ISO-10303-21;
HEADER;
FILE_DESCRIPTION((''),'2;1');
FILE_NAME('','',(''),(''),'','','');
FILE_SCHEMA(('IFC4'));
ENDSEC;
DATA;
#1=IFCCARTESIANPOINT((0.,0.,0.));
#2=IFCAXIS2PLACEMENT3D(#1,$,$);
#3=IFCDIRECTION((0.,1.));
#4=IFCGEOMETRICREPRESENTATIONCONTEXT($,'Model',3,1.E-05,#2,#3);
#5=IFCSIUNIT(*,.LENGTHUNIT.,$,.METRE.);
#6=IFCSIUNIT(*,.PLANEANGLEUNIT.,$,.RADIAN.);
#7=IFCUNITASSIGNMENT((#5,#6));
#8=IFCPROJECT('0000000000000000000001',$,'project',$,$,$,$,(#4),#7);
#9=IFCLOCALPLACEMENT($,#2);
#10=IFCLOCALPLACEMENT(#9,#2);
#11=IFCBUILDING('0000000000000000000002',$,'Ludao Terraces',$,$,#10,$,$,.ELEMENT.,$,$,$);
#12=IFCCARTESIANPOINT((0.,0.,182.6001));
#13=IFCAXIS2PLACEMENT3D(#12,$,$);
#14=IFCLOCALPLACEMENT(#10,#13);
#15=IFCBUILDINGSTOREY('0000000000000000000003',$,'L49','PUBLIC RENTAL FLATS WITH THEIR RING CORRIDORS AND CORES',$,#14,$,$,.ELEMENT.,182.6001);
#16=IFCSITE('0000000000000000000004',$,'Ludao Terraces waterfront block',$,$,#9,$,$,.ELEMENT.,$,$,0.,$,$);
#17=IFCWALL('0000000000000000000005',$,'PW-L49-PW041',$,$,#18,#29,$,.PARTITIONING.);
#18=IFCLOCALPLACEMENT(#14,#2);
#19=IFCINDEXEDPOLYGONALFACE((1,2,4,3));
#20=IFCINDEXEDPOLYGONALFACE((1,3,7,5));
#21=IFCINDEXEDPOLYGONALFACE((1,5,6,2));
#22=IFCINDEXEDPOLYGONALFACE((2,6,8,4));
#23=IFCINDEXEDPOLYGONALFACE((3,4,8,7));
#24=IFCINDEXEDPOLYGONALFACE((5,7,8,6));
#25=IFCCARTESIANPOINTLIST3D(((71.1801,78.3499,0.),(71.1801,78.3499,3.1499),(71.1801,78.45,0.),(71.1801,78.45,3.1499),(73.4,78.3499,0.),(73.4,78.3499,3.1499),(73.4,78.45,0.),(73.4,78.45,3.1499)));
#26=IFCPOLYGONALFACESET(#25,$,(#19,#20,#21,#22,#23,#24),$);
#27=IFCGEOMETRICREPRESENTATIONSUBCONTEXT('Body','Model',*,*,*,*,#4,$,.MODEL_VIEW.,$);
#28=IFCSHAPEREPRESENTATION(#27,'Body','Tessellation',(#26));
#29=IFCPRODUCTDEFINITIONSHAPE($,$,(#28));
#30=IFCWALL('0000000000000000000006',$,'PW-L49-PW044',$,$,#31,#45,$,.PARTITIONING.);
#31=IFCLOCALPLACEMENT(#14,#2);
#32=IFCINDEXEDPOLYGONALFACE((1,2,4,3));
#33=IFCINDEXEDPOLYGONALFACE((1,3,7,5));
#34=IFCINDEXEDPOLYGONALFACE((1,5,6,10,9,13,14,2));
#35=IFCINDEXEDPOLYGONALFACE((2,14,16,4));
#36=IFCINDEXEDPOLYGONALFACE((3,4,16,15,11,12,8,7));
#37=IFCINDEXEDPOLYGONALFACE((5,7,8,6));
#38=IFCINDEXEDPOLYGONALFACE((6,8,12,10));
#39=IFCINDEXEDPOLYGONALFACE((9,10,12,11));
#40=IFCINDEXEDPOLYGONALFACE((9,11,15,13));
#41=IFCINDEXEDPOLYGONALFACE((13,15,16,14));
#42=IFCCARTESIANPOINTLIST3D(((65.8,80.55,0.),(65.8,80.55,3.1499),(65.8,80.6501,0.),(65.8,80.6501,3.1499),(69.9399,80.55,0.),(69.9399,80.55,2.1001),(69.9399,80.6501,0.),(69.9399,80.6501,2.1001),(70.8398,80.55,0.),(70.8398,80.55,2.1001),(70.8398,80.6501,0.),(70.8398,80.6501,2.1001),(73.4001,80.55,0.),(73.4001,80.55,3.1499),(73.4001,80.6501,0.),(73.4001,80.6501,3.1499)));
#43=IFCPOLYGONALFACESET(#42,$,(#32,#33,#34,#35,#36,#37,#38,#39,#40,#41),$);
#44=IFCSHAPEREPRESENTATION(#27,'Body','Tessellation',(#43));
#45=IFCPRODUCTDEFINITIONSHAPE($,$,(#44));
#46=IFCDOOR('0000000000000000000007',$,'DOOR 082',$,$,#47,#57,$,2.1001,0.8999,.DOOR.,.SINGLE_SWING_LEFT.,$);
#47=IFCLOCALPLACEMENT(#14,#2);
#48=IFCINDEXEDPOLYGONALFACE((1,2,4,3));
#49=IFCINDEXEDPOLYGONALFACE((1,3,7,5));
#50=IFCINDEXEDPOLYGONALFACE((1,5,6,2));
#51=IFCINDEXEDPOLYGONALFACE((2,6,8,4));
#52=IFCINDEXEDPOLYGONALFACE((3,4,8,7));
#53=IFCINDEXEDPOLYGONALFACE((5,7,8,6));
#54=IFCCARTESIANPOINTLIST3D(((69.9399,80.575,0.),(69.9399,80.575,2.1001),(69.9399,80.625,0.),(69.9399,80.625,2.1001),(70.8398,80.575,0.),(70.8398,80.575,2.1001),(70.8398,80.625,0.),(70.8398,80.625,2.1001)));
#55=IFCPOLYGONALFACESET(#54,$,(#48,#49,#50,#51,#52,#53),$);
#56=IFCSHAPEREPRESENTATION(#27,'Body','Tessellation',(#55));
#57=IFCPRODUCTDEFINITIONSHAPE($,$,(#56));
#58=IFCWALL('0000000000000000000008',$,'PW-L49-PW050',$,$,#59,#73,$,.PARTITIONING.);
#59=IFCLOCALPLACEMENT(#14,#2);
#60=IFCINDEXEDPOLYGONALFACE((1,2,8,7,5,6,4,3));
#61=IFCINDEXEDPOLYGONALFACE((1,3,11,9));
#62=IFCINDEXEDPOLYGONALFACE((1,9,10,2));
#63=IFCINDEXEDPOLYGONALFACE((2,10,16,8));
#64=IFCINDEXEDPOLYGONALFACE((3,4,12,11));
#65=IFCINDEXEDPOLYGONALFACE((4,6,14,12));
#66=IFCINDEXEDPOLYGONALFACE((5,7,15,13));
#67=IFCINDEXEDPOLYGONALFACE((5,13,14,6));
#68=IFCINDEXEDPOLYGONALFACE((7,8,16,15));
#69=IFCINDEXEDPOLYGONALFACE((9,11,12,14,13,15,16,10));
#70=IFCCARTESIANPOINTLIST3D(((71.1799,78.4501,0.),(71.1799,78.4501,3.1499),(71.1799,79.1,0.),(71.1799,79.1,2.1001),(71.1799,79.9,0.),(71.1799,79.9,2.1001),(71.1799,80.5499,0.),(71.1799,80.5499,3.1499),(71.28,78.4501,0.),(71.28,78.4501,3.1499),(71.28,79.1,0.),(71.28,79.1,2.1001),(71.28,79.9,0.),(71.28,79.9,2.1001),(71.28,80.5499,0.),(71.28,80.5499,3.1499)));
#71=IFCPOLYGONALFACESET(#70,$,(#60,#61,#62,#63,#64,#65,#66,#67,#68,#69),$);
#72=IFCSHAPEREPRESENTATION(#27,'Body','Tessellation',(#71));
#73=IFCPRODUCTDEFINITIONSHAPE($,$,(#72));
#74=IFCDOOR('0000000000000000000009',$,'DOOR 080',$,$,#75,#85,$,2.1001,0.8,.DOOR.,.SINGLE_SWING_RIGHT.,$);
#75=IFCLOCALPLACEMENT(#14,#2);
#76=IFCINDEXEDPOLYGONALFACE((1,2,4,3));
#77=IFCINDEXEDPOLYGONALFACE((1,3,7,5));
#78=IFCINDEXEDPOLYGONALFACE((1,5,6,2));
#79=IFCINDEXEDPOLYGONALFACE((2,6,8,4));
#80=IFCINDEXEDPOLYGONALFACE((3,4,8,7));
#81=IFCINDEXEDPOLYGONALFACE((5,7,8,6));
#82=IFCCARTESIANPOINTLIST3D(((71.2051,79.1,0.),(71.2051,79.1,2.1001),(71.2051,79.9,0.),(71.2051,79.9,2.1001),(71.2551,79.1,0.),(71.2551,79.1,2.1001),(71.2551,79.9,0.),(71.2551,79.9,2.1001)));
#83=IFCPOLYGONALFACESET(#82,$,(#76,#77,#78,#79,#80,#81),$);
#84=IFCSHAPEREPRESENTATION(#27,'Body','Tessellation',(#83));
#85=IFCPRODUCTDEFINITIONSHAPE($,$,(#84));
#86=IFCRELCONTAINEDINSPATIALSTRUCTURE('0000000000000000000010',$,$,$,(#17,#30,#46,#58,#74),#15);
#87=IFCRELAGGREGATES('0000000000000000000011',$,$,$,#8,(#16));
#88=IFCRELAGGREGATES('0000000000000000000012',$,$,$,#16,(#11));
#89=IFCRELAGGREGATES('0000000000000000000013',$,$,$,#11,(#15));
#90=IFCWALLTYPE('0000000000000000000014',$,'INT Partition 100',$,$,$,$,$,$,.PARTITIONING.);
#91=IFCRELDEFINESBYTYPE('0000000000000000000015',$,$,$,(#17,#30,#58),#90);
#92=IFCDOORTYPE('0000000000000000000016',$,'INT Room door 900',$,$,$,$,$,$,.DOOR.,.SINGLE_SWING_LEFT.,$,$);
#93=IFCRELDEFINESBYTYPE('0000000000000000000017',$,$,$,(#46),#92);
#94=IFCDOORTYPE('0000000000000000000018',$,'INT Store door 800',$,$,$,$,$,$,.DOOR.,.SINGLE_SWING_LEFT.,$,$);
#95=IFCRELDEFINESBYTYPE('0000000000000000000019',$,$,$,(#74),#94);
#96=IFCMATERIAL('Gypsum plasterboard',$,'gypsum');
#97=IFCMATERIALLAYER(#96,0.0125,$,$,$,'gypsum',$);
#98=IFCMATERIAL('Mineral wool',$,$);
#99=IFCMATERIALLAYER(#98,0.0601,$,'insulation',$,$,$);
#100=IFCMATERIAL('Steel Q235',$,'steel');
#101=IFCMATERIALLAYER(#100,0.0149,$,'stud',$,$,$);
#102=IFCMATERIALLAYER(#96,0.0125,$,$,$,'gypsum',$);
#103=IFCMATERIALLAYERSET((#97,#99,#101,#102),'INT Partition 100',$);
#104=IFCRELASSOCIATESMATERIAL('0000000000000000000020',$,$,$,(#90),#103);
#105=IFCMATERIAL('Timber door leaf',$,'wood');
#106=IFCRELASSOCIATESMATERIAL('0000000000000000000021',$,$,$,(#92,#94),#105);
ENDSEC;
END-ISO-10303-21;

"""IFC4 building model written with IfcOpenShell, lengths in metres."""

from ifc_helpers import new_model, si_unit, direction, frame, frame_2d, origin, place, context, subcontext, project, spatial, rectangle, extrude, material, layer, layer_set, type_object, element, fill, save


model = new_model("IFC4")

# Units and contexts
model_context = context("Model", 3, precision=1e-05, world=origin(), true_north=direction((0.0, 1.0)))
body_context = subcontext(model_context, "Body", "Model", "MODEL_VIEW")
ifc_project = project(units=[si_unit("LENGTHUNIT", "METRE"), si_unit("PLANEANGLEUNIT", "RADIAN")], contexts=[model_context])

# Site, building, storey
site_placement = place(None, origin())
site = spatial("IfcSite", under=ifc_project, at=site_placement, Name="Ludao Terraces waterfront block", CompositionType="ELEMENT", RefElevation=0.0)
building_placement = place(site_placement, origin())
building = spatial("IfcBuilding", under=site, at=building_placement, Name="Ludao Terraces", CompositionType="ELEMENT")
storey_placement = place(building_placement, frame((0.0, 0.0, 182.6001)))
storey = spatial("IfcBuildingStorey", under=building, at=storey_placement, Name="L49", Description="PUBLIC RENTAL FLATS WITH THEIR RING CORRIDORS AND CORES", CompositionType="ELEMENT", Elevation=182.6001)

# Shared definitions
ifc_material_1 = material(Name="Steel Q235", Category="steel")

# Shared definitions
ifc_material_2 = material(Name="Mineral wool")

# Wall
ifc_material_3 = material(Name="Gypsum plasterboard", Category="gypsum")
ifc_layer_1 = layer(ifc_material_3, 0.0125, Category="gypsum")
ifc_layer_2 = layer(ifc_material_2, 0.0601, Name="insulation")
ifc_layer_3 = layer(ifc_material_1, 0.0149, Name="stud")
ifc_layer_4 = layer(ifc_material_3, 0.0125, Category="gypsum")
ifc_layer_set_1 = layer_set([ifc_layer_1, ifc_layer_2, ifc_layer_3, ifc_layer_4], Name="INT Partition 100")
wall_type_1 = type_object("IfcWallType", Name="INT Partition 100", PredefinedType="PARTITIONING", material=ifc_layer_set_1)
for number, where, z_axis, x_axis, name in (
    (1, (71.1802, 78.3999, 0.0), (0.0, 0.0, 1.0), (1.0, 0.0, 0.0), "PW-L49-PW041"),
):
    element("IfcWall", number, at=place(storey_placement, frame(where, z_axis=z_axis, x_axis=x_axis)), inside=storey, type_object=wall_type_1, Name=name, PredefinedType="PARTITIONING", context=body_context, shape_type="SweptSolid", body=[
        extrude(rectangle(XDim=2.22, YDim=0.1001, at=frame_2d((1.1099, 0.0))), origin(), (0.0, 0.0, 1.0), 3.1499),
    ])

# Walls, openings, doors
wall_1_placement = place(storey_placement, frame((65.8, 80.6001, 0.0), z_axis=(0.0, 0.0, 1.0), x_axis=(1.0, 0.0, 0.0)))
wall_1 = element("IfcWall", 2, at=wall_1_placement, inside=storey, type_object=wall_type_1, Name="PW-L49-PW044", PredefinedType="PARTITIONING", context=body_context, shape_type="SweptSolid", body=[
    extrude(rectangle(XDim=7.6001, YDim=0.1001, at=frame_2d((3.8, 0.0))), origin(), (0.0, 0.0, 1.0), 3.1499),
])
opening_1_placement = place(wall_1_placement, frame((4.1399, 0.0, 0.0)))
opening_1 = element("IfcOpeningElement", 3, at=opening_1_placement, cuts=wall_1, PredefinedType="OPENING", context=body_context, shape_type="SweptSolid", body=[
    extrude(rectangle(XDim=0.8999, YDim=2.1001, at=frame_2d((0.45, 1.05))), frame((0.0, 0.0601, 0.0), z_axis=(0.0, -1.0, 0.0), x_axis=(1.0, 0.0, 0.0)), (0.0, 0.0, 1.0), 0.1201),
])
ifc_material_4 = material(Name="Timber door leaf", Category="wood")
door_type_1 = type_object("IfcDoorType", Name="INT Room door 900", OperationType="SINGLE_SWING_LEFT", PredefinedType="DOOR", material=ifc_material_4)
door_1_placement = place(opening_1_placement, origin())
door_1 = element("IfcDoor", 4, at=door_1_placement, inside=storey, type_object=door_type_1, Name="DOOR 082", OperationType="SINGLE_SWING_LEFT", OverallHeight=2.1001, OverallWidth=0.8999, PredefinedType="DOOR", context=body_context, shape_type="SweptSolid", body=[
    extrude(rectangle(XDim=0.8999, YDim=2.1001, at=frame_2d((0.45, 1.05))), frame((0.0, 0.0249, 0.0), z_axis=(0.0, -1.0, 0.0), x_axis=(1.0, 0.0, 0.0)), (0.0, 0.0, 1.0), 0.05),
])
fill(opening_1, door_1)
wall_2_placement = place(storey_placement, frame((71.23, 78.4502, 0.0), z_axis=(0.0, 0.0, 1.0), x_axis=(0.0, 1.0, 0.0)))
wall_2 = element("IfcWall", 5, at=wall_2_placement, inside=storey, type_object=wall_type_1, Name="PW-L49-PW050", PredefinedType="PARTITIONING", context=body_context, shape_type="SweptSolid", body=[
    extrude(rectangle(XDim=2.0999, YDim=0.1001, at=frame_2d((1.0498, 0.0))), origin(), (0.0, 0.0, 1.0), 3.1499),
])
opening_2_placement = place(wall_2_placement, frame((0.6499, 0.0, 0.0)))
opening_2 = element("IfcOpeningElement", 6, at=opening_2_placement, cuts=wall_2, PredefinedType="OPENING", context=body_context, shape_type="SweptSolid", body=[
    extrude(rectangle(XDim=0.8, YDim=2.1001, at=frame_2d((0.3999, 1.05))), frame((0.0, 0.0601, 0.0), z_axis=(0.0, -1.0, 0.0), x_axis=(1.0, 0.0, 0.0)), (0.0, 0.0, 1.0), 0.1201),
])
door_type_2 = type_object("IfcDoorType", Name="INT Store door 800", OperationType="SINGLE_SWING_LEFT", PredefinedType="DOOR", material=ifc_material_4)
door_2_placement = place(opening_2_placement, origin())
door_2 = element("IfcDoor", 7, at=door_2_placement, inside=storey, type_object=door_type_2, Name="DOOR 080", OperationType="SINGLE_SWING_RIGHT", OverallHeight=2.1001, OverallWidth=0.8, PredefinedType="DOOR", context=body_context, shape_type="SweptSolid", body=[
    extrude(rectangle(XDim=0.8, YDim=2.1001, at=frame_2d((0.3999, 1.05))), frame((0.0, 0.0249, 0.0), z_axis=(0.0, -1.0, 0.0), x_axis=(1.0, 0.0, 0.0)), (0.0, 0.0, 1.0), 0.05),
])
fill(opening_2, door_2)

save(model, "model.ifc")
